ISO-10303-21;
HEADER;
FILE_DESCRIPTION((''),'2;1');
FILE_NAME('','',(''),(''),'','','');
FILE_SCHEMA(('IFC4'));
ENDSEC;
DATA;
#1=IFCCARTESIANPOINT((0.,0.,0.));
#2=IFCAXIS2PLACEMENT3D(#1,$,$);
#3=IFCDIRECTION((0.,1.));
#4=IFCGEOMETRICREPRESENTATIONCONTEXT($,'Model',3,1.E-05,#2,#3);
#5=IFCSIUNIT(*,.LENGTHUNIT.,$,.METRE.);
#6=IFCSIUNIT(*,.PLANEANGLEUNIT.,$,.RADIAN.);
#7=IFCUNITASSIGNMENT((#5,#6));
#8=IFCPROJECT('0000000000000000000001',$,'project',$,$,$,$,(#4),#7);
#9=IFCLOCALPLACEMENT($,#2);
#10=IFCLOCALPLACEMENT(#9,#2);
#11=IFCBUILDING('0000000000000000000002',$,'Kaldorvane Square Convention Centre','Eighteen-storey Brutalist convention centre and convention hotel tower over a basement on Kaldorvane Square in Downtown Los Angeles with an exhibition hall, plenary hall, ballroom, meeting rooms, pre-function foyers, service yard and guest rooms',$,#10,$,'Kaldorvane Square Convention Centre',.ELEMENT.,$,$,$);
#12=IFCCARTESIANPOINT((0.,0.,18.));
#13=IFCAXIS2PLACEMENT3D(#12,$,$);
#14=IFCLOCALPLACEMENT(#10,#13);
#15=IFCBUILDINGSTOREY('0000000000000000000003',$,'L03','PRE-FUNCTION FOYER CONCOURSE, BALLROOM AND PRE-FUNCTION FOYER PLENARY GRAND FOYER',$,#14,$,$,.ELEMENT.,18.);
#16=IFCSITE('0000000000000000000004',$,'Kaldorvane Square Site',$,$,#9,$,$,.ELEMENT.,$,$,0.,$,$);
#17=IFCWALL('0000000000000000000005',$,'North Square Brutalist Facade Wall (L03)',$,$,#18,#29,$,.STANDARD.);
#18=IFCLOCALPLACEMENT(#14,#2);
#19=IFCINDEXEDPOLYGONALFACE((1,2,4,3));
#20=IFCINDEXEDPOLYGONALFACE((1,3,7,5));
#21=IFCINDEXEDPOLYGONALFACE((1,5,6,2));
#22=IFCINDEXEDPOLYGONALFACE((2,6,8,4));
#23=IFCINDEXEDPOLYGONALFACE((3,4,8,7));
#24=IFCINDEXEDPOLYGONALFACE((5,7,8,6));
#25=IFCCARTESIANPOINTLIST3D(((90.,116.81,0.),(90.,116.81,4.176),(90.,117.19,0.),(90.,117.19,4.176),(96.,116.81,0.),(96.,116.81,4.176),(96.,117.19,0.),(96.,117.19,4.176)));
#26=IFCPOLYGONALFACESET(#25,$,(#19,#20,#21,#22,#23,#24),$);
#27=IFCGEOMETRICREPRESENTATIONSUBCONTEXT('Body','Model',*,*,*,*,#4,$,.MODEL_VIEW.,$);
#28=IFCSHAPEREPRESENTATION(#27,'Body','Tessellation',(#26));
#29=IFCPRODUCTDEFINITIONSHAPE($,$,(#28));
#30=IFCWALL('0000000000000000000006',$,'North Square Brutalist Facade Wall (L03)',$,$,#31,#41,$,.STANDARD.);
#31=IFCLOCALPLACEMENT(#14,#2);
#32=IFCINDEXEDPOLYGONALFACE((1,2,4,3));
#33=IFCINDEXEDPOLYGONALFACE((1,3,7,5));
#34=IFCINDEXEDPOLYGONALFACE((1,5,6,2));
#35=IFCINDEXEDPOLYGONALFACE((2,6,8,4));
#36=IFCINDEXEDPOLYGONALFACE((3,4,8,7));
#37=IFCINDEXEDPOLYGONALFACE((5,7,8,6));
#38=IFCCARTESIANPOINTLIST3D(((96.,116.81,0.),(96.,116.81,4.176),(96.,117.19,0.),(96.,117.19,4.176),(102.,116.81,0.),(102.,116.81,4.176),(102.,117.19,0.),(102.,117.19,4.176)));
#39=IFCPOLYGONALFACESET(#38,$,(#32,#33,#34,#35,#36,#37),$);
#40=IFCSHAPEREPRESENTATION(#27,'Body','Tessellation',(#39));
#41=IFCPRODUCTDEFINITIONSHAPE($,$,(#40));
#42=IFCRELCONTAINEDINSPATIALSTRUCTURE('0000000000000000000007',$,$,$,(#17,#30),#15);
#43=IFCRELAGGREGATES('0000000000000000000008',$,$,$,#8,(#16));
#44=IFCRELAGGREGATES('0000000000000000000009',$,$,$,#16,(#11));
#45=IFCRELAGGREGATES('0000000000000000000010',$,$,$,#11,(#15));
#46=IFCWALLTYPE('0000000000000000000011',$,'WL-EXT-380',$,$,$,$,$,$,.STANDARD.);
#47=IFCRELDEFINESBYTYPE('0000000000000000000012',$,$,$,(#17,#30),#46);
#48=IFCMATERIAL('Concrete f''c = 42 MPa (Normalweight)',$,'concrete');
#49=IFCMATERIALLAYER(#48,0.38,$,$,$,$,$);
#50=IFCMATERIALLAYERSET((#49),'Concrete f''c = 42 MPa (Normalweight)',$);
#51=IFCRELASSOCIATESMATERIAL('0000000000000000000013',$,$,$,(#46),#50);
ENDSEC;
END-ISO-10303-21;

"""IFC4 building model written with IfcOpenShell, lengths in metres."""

from ifc_helpers import new_model, si_unit, direction, frame, frame_2d, origin, place, context, subcontext, project, spatial, rectangle, extrude, material, layer, layer_set, type_object, element, save


model = new_model("IFC4")

# Units and contexts
model_context = context("Model", 3, precision=1e-05, world=origin(), true_north=direction((0.0, 1.0)))
body_context = subcontext(model_context, "Body", "Model", "MODEL_VIEW")
ifc_project = project(units=[si_unit("LENGTHUNIT", "METRE"), si_unit("PLANEANGLEUNIT", "RADIAN")], contexts=[model_context])

# Site, building, storey
site_placement = place(None, origin())
site = spatial("IfcSite", under=ifc_project, at=site_placement, Name="Kaldorvane Square Site", CompositionType="ELEMENT", RefElevation=0.0)
building_placement = place(site_placement, origin())
building = spatial("IfcBuilding", under=site, at=building_placement, Name="Kaldorvane Square Convention Centre", Description="Eighteen-storey Brutalist convention centre and convention hotel tower over a basement on Kaldorvane Square in Downtown Los Angeles with an exhibition hall, plenary hall, ballroom, meeting rooms, pre-function foyers, service yard and guest rooms", LongName="Kaldorvane Square Convention Centre", CompositionType="ELEMENT")
storey_placement = place(building_placement, frame((0.0, 0.0, 18.0)))
storey = spatial("IfcBuildingStorey", under=building, at=storey_placement, Name="L03", Description="PRE-FUNCTION FOYER CONCOURSE, BALLROOM AND PRE-FUNCTION FOYER PLENARY GRAND FOYER", CompositionType="ELEMENT", Elevation=18.0)

# Shared definitions
ifc_material_1 = material(Name="Concrete f'c = 42 MPa (Normalweight)", Category="concrete")

# Shared definitions
ifc_layer = layer(ifc_material_1, 0.38)
ifc_layer_set = layer_set([ifc_layer], Name="Concrete f'c = 42 MPa (Normalweight)")
wall_type = type_object("IfcWallType", Name="WL-EXT-380", PredefinedType="STANDARD", material=ifc_layer_set)

# Walls
for number, where, z_axis, x_axis, name in (
    (1, (96.0, 117.0, 0.0), (0.0, 0.0, 1.0), (-1.0, 0.0, 0.0), "North Square Brutalist Facade Wall (L03)"),
    (2, (102.0, 117.0, 0.0), (0.0, 0.0, 1.0), (-1.0, 0.0, 0.0), "North Square Brutalist Facade Wall (L03)"),
):
    element("IfcWall", number, at=place(storey_placement, frame(where, z_axis=z_axis, x_axis=x_axis)), inside=storey, type_object=wall_type, Name=name, PredefinedType="STANDARD", context=body_context, shape_type="SweptSolid", body=[
        extrude(rectangle(XDim=6.0, YDim=0.38, at=frame_2d((3.0, 0.0))), origin(), (0.0, 0.0, 1.0), 4.176),
    ])

save(model, "model.ifc")
